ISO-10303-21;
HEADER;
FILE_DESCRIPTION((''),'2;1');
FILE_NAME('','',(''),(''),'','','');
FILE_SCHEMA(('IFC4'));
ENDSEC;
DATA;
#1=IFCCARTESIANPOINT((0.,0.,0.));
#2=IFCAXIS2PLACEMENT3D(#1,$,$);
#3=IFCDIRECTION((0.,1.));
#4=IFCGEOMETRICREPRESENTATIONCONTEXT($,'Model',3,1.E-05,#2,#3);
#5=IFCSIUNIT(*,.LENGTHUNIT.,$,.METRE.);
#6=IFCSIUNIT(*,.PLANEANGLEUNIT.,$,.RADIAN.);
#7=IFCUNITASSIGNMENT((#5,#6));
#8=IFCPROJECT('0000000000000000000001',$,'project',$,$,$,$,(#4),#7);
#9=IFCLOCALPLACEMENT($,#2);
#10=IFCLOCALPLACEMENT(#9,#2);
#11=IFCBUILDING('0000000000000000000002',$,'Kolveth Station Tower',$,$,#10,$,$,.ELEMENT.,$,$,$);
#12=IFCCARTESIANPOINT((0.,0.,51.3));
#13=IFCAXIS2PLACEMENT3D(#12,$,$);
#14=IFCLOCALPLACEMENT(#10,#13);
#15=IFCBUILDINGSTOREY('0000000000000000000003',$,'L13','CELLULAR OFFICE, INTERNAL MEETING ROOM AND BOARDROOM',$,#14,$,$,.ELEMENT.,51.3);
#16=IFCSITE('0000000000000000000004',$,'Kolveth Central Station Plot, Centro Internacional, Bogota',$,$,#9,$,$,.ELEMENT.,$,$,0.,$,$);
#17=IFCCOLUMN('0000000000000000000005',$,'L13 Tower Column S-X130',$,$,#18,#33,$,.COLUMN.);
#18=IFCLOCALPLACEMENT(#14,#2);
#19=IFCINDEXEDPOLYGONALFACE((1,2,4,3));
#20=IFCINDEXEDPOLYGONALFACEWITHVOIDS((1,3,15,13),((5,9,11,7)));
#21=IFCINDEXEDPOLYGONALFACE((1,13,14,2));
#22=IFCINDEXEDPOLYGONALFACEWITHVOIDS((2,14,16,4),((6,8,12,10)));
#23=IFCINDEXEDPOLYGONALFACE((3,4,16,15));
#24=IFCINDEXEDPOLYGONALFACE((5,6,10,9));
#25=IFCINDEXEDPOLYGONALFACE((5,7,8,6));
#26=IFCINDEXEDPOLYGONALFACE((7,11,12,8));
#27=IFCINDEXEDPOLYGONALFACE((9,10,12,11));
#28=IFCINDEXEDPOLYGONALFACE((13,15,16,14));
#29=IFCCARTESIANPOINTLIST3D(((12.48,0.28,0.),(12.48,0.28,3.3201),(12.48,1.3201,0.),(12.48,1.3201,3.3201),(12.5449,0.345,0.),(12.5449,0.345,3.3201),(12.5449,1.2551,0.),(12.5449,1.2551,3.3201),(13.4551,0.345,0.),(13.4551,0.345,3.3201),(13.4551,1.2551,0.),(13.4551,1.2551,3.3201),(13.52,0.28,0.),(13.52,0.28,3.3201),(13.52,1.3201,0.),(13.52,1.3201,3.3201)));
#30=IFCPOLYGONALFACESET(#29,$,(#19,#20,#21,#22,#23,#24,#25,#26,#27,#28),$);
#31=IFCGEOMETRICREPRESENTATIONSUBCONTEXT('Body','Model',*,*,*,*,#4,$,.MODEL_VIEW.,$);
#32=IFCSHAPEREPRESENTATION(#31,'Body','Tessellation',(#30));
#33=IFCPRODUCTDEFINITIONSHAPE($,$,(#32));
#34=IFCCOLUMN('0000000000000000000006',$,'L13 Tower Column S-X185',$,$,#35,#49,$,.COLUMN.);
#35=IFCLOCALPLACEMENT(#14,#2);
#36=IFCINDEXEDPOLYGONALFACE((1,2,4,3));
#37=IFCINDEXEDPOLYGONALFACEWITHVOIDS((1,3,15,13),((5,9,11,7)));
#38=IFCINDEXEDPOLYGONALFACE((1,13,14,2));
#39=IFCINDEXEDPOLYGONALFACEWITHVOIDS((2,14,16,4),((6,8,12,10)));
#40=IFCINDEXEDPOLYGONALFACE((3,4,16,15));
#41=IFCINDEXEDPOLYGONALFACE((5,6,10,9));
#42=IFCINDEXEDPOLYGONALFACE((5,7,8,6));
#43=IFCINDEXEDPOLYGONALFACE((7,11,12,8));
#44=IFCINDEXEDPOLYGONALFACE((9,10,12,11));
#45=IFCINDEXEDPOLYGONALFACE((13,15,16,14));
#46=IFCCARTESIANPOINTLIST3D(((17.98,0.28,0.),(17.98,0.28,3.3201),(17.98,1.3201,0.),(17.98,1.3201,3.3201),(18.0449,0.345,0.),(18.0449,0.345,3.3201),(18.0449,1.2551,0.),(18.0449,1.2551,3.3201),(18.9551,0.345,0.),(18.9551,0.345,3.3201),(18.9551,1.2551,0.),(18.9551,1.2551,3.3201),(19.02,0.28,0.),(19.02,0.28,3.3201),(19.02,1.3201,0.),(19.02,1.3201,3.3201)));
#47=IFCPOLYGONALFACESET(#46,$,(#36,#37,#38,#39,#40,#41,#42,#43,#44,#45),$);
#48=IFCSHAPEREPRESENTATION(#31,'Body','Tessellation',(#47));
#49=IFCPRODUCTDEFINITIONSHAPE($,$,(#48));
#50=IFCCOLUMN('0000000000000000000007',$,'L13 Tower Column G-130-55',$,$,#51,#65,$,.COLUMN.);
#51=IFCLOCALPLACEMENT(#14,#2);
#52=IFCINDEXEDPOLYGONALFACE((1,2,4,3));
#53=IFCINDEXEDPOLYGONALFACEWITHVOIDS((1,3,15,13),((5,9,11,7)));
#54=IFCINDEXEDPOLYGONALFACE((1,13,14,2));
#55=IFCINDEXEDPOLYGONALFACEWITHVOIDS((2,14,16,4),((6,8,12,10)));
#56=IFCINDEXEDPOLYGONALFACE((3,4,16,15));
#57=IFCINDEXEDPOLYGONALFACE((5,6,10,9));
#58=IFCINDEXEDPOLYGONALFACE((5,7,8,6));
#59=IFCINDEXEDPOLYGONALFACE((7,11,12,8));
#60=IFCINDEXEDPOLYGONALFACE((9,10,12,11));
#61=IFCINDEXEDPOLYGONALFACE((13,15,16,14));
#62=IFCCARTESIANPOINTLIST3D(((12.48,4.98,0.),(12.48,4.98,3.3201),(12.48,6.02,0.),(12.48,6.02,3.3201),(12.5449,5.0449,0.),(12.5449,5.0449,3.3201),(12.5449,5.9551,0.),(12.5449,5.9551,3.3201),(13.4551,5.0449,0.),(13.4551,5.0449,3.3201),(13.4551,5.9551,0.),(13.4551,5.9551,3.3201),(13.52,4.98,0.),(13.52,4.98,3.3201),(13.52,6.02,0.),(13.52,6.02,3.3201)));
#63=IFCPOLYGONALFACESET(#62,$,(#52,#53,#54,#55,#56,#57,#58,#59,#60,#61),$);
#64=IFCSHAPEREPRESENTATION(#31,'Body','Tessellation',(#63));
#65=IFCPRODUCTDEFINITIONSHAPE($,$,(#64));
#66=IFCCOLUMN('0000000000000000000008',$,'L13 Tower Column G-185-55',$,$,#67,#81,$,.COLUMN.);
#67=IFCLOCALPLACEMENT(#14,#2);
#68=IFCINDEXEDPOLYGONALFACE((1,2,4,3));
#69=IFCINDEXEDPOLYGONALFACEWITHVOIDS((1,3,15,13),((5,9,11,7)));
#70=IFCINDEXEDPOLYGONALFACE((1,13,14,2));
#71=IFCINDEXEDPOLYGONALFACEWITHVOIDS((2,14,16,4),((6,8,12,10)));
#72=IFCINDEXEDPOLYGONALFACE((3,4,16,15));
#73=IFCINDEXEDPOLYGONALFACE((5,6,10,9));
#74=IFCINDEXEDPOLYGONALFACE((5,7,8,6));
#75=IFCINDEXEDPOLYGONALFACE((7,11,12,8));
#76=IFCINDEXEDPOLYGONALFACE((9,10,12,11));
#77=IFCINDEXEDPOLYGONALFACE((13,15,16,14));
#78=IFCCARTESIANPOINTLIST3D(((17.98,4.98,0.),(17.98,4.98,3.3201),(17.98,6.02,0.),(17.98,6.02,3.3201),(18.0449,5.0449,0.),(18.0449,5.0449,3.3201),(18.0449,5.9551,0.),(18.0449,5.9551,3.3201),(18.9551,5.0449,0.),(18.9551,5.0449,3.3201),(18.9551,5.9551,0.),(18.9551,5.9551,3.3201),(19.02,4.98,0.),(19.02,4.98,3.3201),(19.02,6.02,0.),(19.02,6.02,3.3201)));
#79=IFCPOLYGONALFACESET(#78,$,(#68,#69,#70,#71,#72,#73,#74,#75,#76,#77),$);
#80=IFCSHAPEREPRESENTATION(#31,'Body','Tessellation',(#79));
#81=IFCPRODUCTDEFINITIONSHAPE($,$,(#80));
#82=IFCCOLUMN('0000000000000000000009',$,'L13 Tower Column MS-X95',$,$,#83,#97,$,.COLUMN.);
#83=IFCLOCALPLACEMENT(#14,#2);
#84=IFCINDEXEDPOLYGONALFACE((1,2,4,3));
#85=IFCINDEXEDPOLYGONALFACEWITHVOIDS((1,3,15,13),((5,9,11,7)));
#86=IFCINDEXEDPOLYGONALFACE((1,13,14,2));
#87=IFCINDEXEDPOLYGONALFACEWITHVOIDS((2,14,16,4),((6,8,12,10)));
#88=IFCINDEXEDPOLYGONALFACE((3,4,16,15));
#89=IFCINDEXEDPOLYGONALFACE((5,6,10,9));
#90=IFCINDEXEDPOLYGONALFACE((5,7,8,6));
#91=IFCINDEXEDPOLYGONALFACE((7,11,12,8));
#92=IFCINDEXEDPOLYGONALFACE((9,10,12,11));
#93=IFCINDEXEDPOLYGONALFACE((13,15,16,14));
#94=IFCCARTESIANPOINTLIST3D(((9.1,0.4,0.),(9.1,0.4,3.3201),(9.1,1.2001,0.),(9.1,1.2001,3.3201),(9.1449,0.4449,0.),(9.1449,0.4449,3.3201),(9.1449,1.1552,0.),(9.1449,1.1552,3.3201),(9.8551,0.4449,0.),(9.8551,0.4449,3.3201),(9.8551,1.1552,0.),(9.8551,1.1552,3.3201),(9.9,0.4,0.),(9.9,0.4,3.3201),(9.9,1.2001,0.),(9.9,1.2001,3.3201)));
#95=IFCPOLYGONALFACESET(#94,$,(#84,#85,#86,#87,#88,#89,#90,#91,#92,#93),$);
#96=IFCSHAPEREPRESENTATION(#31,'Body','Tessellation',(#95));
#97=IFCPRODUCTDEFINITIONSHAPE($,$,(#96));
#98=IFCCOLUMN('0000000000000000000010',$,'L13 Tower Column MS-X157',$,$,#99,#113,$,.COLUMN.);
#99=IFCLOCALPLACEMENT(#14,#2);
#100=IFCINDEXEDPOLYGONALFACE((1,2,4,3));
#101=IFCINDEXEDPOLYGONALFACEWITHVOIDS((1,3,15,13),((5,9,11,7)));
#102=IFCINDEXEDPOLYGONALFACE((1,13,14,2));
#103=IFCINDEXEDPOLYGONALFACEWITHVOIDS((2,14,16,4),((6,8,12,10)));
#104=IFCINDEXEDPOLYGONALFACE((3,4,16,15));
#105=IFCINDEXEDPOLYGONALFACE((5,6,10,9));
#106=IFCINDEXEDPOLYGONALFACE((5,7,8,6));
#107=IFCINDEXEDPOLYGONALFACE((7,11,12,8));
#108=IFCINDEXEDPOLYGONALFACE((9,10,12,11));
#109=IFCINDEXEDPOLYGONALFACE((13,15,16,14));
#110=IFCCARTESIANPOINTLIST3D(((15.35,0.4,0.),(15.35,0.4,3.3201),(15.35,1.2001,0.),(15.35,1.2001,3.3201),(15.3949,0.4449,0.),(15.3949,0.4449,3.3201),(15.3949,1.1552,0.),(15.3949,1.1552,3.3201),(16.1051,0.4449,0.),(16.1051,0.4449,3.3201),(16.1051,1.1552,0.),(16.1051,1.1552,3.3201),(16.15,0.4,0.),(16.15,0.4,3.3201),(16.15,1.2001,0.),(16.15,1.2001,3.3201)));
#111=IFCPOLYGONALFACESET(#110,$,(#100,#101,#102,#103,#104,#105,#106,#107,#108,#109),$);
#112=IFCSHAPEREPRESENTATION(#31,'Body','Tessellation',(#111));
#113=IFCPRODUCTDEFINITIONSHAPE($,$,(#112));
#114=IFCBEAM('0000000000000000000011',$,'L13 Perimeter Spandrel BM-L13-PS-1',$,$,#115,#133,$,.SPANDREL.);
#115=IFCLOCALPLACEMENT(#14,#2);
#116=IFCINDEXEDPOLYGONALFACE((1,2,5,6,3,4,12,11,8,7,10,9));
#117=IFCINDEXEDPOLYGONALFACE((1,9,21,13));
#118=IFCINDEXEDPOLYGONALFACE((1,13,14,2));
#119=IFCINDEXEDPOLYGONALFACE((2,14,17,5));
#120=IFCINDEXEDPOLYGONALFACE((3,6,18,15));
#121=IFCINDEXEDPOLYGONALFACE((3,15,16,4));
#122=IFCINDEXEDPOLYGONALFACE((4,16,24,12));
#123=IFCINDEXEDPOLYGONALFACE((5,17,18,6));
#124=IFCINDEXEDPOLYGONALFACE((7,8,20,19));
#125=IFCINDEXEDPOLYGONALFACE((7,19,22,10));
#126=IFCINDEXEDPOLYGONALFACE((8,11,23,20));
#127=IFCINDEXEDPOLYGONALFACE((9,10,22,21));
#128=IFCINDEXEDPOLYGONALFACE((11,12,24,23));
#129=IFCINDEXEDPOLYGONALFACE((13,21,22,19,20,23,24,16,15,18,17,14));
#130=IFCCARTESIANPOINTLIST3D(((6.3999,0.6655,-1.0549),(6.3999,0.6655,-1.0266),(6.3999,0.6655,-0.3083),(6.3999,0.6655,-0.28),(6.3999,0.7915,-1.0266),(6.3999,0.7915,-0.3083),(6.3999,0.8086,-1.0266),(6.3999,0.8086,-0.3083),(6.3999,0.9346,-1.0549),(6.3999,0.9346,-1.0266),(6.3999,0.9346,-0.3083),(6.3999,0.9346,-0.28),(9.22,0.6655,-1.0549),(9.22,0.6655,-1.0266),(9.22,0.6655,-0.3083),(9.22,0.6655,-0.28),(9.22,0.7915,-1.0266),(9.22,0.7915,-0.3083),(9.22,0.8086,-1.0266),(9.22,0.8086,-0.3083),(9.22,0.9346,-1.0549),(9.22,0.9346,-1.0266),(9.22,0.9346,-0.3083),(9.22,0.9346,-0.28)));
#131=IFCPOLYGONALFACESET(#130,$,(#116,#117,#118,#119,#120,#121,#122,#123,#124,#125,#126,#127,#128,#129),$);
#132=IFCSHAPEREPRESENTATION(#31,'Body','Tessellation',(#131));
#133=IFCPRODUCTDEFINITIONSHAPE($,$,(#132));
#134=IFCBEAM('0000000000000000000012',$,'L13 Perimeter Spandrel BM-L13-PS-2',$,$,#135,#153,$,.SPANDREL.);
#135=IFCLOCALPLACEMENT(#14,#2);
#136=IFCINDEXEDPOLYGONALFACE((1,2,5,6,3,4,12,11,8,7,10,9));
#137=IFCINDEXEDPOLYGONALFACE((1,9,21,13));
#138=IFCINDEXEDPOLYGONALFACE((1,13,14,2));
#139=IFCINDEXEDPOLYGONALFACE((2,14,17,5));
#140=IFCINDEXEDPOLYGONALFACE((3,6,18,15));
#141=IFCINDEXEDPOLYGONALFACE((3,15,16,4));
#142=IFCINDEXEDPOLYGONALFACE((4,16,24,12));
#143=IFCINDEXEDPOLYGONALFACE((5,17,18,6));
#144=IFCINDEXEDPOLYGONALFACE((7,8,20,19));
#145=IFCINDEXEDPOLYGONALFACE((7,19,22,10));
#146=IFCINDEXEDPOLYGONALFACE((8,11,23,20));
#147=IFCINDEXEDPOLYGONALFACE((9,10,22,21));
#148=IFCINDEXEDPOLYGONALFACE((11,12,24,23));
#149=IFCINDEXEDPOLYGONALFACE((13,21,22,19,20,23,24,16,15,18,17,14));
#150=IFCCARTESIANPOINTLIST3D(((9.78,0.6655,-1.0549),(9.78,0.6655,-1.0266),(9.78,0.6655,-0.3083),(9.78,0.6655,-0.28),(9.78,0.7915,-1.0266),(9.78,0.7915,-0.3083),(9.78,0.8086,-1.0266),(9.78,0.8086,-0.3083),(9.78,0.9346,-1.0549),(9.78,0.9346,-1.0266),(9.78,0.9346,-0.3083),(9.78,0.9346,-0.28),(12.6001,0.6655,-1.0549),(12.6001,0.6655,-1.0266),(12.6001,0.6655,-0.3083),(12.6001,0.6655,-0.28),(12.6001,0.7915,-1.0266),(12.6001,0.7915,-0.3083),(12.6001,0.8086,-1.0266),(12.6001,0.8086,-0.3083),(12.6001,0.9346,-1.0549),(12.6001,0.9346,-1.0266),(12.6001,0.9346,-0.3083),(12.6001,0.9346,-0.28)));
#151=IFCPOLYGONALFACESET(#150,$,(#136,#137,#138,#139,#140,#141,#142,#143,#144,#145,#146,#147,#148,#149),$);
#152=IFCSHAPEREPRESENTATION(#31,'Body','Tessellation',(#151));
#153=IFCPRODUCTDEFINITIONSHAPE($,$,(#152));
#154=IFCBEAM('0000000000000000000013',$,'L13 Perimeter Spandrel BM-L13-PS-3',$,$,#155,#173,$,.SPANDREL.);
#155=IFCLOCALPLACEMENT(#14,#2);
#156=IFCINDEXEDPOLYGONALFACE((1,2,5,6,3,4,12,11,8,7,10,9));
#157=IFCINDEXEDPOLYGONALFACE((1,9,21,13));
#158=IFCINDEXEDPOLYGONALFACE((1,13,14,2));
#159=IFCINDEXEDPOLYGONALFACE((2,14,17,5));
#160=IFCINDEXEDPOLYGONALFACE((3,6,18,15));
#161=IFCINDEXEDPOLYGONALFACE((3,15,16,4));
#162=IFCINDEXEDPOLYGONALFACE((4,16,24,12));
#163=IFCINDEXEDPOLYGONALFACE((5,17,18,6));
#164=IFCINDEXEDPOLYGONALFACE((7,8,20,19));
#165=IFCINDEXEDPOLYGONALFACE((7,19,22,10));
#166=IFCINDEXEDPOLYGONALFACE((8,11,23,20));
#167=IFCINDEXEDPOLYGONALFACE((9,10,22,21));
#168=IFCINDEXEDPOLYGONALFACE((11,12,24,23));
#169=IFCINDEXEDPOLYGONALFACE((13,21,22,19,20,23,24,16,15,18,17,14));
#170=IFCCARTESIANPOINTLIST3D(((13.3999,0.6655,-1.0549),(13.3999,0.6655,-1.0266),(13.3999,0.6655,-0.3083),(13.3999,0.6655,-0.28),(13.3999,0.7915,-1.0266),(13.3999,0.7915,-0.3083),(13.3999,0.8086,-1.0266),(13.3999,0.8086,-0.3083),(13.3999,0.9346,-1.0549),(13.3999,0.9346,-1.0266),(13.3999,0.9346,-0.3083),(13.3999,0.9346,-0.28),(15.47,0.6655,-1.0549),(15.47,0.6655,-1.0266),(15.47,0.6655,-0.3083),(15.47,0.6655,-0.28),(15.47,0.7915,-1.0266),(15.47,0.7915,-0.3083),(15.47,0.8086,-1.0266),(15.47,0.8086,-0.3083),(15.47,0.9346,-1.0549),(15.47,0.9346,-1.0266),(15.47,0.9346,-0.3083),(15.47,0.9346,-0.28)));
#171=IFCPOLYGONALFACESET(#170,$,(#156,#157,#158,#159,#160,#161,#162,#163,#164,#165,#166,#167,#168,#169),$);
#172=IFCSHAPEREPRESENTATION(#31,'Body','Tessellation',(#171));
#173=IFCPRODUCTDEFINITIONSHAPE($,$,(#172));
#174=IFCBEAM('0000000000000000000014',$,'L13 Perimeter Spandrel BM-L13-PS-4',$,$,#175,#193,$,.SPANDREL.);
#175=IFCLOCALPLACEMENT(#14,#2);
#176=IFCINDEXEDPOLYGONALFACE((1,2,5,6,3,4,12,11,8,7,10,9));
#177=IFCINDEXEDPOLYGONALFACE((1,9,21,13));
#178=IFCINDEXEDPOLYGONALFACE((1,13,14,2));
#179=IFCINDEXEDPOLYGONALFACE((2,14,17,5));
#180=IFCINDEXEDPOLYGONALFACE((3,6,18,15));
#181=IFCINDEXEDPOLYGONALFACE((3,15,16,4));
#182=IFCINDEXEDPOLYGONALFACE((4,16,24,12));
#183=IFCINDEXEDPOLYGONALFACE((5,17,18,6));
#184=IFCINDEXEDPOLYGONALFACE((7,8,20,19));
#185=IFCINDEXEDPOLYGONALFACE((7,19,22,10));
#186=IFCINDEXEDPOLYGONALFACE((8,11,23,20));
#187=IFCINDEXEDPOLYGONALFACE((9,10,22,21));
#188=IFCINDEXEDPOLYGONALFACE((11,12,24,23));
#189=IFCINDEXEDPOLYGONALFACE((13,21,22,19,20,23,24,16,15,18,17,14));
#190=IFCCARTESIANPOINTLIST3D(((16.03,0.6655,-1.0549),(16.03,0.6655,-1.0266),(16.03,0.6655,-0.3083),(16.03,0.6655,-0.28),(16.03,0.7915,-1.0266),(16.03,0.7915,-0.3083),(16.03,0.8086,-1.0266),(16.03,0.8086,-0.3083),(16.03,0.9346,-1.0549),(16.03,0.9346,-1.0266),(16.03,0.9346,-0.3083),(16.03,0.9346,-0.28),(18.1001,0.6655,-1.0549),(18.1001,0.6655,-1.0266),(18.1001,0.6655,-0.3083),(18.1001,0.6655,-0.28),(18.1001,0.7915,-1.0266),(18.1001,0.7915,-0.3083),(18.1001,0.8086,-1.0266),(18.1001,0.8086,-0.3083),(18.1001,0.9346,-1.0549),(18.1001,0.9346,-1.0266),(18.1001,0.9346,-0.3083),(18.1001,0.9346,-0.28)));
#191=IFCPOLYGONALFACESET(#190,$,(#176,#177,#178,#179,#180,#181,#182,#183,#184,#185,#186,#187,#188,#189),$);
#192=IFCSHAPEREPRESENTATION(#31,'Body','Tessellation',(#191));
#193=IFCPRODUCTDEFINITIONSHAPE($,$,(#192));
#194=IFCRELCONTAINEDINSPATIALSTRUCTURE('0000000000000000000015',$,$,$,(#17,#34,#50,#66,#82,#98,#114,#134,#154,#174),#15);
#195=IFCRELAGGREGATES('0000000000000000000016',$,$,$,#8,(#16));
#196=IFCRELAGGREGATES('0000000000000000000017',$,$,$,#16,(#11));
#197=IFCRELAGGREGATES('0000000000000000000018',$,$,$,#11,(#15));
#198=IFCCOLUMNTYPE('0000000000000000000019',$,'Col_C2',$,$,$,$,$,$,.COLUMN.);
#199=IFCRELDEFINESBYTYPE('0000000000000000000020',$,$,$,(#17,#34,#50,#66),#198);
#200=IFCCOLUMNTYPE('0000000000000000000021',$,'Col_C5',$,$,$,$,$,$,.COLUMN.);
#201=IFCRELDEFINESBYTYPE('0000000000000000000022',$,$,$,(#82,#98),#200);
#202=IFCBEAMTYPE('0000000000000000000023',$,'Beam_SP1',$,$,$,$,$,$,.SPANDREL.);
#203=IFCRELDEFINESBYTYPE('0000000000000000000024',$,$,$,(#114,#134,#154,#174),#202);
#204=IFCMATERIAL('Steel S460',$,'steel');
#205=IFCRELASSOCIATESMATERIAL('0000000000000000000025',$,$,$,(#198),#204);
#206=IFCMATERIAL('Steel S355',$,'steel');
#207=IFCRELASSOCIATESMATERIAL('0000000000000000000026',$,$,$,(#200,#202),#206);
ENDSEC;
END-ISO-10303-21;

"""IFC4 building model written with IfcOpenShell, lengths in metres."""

from ifc_helpers import new_model, si_unit, direction, frame, origin, origin_2d, place, context, subcontext, project, spatial, hollow_rectangle, i_section, extrude, source, transform, mapped, material, material_profile, profile_set, type_object, element, save


model = new_model("IFC4")

# Units and contexts
model_context = context("Model", 3, precision=1e-05, world=origin(), true_north=direction((0.0, 1.0)))
body_context = subcontext(model_context, "Body", "Model", "MODEL_VIEW")
ifc_project = project(units=[si_unit("LENGTHUNIT", "METRE"), si_unit("PLANEANGLEUNIT", "RADIAN")], contexts=[model_context])

# Site, building, storey
site_placement = place(None, origin())
site = spatial("IfcSite", under=ifc_project, at=site_placement, Name="Kolveth Central Station Plot, Centro Internacional, Bogota", CompositionType="ELEMENT", RefElevation=0.0)
building_placement = place(site_placement, origin())
building = spatial("IfcBuilding", under=site, at=building_placement, Name="Kolveth Station Tower", CompositionType="ELEMENT")
storey_placement = place(building_placement, frame((0.0, 0.0, 51.3)))
storey = spatial("IfcBuildingStorey", under=building, at=storey_placement, Name="L13", Description="CELLULAR OFFICE, INTERNAL MEETING ROOM AND BOARDROOM", CompositionType="ELEMENT", Elevation=51.3)

# Columns
ifc_material_1 = material(Name="Steel S460", Category="steel")
ifc_material_profile_1 = material_profile(ifc_material_1, hollow_rectangle(XDim=1.04, YDim=1.04, WallThickness=0.0649, at=origin_2d()), Name="BOX1040x1040x65")
ifc_profile_set_1 = profile_set([ifc_material_profile_1], Name="Steel S460")
column_type_1 = type_object("IfcColumnType", Name="Col_C2", PredefinedType="COLUMN", material=ifc_profile_set_1)
shared_shape_1 = source(origin(), body_context, "Body", "SweptSolid", [
    extrude(hollow_rectangle(XDim=1.04, YDim=1.04, WallThickness=0.0649, at=origin_2d()), origin(), (0.0, 0.0, 1.0), 3.3201),
])
for number, where, z_axis, x_axis, name in (
    (1, (13.0, 0.8, 0.0), (0.0, 0.0, 1.0), (1.0, 0.0, 0.0), "L13 Tower Column S-X130"),
    (2, (18.5, 0.8, 0.0), (0.0, 0.0, 1.0), (1.0, 0.0, 0.0), "L13 Tower Column S-X185"),
    (3, (13.0, 5.5, 0.0), (0.0, 0.0, 1.0), (1.0, 0.0, 0.0), "L13 Tower Column G-130-55"),
    (4, (18.5, 5.5, 0.0), (0.0, 0.0, 1.0), (1.0, 0.0, 0.0), "L13 Tower Column G-185-55"),
):
    element("IfcColumn", number, at=place(storey_placement, frame(where, z_axis=z_axis, x_axis=x_axis)), inside=storey, type_object=column_type_1, Name=name, PredefinedType="COLUMN", context=body_context, shape_type="MappedRepresentation", body=[
        mapped(shared_shape_1, transform((0.0, 0.0, 0.0), x_axis=(1.0, 0.0, 0.0), y_axis=(0.0, 1.0, 0.0), z_axis=(0.0, 0.0, 1.0), scale=1.0)),
    ])
ifc_material_2 = material(Name="Steel S355", Category="steel")
ifc_material_profile_2 = material_profile(ifc_material_2, hollow_rectangle(XDim=0.8, YDim=0.8, WallThickness=0.0449, at=origin_2d()), Name="BOX800x800x45")
ifc_profile_set_2 = profile_set([ifc_material_profile_2], Name="Steel S355")
column_type_2 = type_object("IfcColumnType", Name="Col_C5", PredefinedType="COLUMN", material=ifc_profile_set_2)
shared_shape_2 = source(origin(), body_context, "Body", "SweptSolid", [
    extrude(hollow_rectangle(XDim=0.8, YDim=0.8, WallThickness=0.0449, at=origin_2d()), origin(), (0.0, 0.0, 1.0), 3.3201),
])
for number, where, z_axis, x_axis, name in (
    (5, (9.5, 0.8, 0.0), (0.0, 0.0, 1.0), (1.0, 0.0, 0.0), "L13 Tower Column MS-X95"),
    (6, (15.75, 0.8, 0.0), (0.0, 0.0, 1.0), (1.0, 0.0, 0.0), "L13 Tower Column MS-X157"),
):
    element("IfcColumn", number, at=place(storey_placement, frame(where, z_axis=z_axis, x_axis=x_axis)), inside=storey, type_object=column_type_2, Name=name, PredefinedType="COLUMN", context=body_context, shape_type="MappedRepresentation", body=[
        mapped(shared_shape_2, transform((0.0, 0.0, 0.0), x_axis=(1.0, 0.0, 0.0), y_axis=(0.0, 1.0, 0.0), z_axis=(0.0, 0.0, 1.0), scale=1.0)),
    ])

# Beams
ifc_material_profile_3 = material_profile(ifc_material_2, i_section(OverallWidth=0.269, OverallDepth=0.7749, WebThickness=0.0171, FlangeThickness=0.0283, at=origin_2d()), Name="W760x220")
ifc_profile_set_3 = profile_set([ifc_material_profile_3], Name="Steel S355")
beam_type_1 = type_object("IfcBeamType", Name="Beam_SP1", PredefinedType="SPANDREL", material=ifc_profile_set_3)
shared_shape_3 = source(origin(), body_context, "Body", "SweptSolid", [
    extrude(i_section(OverallWidth=0.269, OverallDepth=0.7749, WebThickness=0.0171, FlangeThickness=0.0283, at=origin_2d()), origin(), (0.0, 0.0, 1.0), 2.8201),
])
for number, where, z_axis, x_axis, name in (
    (7, (6.3999, 0.8, -0.6675), (1.0, 0.0, 0.0), (0.0, 1.0, 0.0), "L13 Perimeter Spandrel BM-L13-PS-1"),
    (8, (9.78, 0.8, -0.6675), (1.0, 0.0, 0.0), (0.0, 1.0, 0.0), "L13 Perimeter Spandrel BM-L13-PS-2"),
):
    element("IfcBeam", number, at=place(storey_placement, frame(where, z_axis=z_axis, x_axis=x_axis)), inside=storey, type_object=beam_type_1, Name=name, PredefinedType="SPANDREL", context=body_context, shape_type="MappedRepresentation", body=[
        mapped(shared_shape_3, transform((0.0, 0.0, 0.0), x_axis=(1.0, 0.0, 0.0), y_axis=(0.0, 1.0, 0.0), z_axis=(0.0, 0.0, 1.0), scale=1.0)),
    ])
shared_shape_4 = source(origin(), body_context, "Body", "SweptSolid", [
    extrude(i_section(OverallWidth=0.269, OverallDepth=0.7749, WebThickness=0.0171, FlangeThickness=0.0283, at=origin_2d()), origin(), (0.0, 0.0, 1.0), 2.0701),
])
for number, where, z_axis, x_axis, name in (
    (9, (13.3999, 0.8, -0.6675), (1.0, 0.0, 0.0), (0.0, 1.0, 0.0), "L13 Perimeter Spandrel BM-L13-PS-3"),
    (10, (16.03, 0.8, -0.6675), (1.0, 0.0, 0.0), (0.0, 1.0, 0.0), "L13 Perimeter Spandrel BM-L13-PS-4"),
):
    element("IfcBeam", number, at=place(storey_placement, frame(where, z_axis=z_axis, x_axis=x_axis)), inside=storey, type_object=beam_type_1, Name=name, PredefinedType="SPANDREL", context=body_context, shape_type="MappedRepresentation", body=[
        mapped(shared_shape_4, transform((0.0, 0.0, 0.0), x_axis=(1.0, 0.0, 0.0), y_axis=(0.0, 1.0, 0.0), z_axis=(0.0, 0.0, 1.0), scale=1.0)),
    ])

save(model, "model.ifc")
